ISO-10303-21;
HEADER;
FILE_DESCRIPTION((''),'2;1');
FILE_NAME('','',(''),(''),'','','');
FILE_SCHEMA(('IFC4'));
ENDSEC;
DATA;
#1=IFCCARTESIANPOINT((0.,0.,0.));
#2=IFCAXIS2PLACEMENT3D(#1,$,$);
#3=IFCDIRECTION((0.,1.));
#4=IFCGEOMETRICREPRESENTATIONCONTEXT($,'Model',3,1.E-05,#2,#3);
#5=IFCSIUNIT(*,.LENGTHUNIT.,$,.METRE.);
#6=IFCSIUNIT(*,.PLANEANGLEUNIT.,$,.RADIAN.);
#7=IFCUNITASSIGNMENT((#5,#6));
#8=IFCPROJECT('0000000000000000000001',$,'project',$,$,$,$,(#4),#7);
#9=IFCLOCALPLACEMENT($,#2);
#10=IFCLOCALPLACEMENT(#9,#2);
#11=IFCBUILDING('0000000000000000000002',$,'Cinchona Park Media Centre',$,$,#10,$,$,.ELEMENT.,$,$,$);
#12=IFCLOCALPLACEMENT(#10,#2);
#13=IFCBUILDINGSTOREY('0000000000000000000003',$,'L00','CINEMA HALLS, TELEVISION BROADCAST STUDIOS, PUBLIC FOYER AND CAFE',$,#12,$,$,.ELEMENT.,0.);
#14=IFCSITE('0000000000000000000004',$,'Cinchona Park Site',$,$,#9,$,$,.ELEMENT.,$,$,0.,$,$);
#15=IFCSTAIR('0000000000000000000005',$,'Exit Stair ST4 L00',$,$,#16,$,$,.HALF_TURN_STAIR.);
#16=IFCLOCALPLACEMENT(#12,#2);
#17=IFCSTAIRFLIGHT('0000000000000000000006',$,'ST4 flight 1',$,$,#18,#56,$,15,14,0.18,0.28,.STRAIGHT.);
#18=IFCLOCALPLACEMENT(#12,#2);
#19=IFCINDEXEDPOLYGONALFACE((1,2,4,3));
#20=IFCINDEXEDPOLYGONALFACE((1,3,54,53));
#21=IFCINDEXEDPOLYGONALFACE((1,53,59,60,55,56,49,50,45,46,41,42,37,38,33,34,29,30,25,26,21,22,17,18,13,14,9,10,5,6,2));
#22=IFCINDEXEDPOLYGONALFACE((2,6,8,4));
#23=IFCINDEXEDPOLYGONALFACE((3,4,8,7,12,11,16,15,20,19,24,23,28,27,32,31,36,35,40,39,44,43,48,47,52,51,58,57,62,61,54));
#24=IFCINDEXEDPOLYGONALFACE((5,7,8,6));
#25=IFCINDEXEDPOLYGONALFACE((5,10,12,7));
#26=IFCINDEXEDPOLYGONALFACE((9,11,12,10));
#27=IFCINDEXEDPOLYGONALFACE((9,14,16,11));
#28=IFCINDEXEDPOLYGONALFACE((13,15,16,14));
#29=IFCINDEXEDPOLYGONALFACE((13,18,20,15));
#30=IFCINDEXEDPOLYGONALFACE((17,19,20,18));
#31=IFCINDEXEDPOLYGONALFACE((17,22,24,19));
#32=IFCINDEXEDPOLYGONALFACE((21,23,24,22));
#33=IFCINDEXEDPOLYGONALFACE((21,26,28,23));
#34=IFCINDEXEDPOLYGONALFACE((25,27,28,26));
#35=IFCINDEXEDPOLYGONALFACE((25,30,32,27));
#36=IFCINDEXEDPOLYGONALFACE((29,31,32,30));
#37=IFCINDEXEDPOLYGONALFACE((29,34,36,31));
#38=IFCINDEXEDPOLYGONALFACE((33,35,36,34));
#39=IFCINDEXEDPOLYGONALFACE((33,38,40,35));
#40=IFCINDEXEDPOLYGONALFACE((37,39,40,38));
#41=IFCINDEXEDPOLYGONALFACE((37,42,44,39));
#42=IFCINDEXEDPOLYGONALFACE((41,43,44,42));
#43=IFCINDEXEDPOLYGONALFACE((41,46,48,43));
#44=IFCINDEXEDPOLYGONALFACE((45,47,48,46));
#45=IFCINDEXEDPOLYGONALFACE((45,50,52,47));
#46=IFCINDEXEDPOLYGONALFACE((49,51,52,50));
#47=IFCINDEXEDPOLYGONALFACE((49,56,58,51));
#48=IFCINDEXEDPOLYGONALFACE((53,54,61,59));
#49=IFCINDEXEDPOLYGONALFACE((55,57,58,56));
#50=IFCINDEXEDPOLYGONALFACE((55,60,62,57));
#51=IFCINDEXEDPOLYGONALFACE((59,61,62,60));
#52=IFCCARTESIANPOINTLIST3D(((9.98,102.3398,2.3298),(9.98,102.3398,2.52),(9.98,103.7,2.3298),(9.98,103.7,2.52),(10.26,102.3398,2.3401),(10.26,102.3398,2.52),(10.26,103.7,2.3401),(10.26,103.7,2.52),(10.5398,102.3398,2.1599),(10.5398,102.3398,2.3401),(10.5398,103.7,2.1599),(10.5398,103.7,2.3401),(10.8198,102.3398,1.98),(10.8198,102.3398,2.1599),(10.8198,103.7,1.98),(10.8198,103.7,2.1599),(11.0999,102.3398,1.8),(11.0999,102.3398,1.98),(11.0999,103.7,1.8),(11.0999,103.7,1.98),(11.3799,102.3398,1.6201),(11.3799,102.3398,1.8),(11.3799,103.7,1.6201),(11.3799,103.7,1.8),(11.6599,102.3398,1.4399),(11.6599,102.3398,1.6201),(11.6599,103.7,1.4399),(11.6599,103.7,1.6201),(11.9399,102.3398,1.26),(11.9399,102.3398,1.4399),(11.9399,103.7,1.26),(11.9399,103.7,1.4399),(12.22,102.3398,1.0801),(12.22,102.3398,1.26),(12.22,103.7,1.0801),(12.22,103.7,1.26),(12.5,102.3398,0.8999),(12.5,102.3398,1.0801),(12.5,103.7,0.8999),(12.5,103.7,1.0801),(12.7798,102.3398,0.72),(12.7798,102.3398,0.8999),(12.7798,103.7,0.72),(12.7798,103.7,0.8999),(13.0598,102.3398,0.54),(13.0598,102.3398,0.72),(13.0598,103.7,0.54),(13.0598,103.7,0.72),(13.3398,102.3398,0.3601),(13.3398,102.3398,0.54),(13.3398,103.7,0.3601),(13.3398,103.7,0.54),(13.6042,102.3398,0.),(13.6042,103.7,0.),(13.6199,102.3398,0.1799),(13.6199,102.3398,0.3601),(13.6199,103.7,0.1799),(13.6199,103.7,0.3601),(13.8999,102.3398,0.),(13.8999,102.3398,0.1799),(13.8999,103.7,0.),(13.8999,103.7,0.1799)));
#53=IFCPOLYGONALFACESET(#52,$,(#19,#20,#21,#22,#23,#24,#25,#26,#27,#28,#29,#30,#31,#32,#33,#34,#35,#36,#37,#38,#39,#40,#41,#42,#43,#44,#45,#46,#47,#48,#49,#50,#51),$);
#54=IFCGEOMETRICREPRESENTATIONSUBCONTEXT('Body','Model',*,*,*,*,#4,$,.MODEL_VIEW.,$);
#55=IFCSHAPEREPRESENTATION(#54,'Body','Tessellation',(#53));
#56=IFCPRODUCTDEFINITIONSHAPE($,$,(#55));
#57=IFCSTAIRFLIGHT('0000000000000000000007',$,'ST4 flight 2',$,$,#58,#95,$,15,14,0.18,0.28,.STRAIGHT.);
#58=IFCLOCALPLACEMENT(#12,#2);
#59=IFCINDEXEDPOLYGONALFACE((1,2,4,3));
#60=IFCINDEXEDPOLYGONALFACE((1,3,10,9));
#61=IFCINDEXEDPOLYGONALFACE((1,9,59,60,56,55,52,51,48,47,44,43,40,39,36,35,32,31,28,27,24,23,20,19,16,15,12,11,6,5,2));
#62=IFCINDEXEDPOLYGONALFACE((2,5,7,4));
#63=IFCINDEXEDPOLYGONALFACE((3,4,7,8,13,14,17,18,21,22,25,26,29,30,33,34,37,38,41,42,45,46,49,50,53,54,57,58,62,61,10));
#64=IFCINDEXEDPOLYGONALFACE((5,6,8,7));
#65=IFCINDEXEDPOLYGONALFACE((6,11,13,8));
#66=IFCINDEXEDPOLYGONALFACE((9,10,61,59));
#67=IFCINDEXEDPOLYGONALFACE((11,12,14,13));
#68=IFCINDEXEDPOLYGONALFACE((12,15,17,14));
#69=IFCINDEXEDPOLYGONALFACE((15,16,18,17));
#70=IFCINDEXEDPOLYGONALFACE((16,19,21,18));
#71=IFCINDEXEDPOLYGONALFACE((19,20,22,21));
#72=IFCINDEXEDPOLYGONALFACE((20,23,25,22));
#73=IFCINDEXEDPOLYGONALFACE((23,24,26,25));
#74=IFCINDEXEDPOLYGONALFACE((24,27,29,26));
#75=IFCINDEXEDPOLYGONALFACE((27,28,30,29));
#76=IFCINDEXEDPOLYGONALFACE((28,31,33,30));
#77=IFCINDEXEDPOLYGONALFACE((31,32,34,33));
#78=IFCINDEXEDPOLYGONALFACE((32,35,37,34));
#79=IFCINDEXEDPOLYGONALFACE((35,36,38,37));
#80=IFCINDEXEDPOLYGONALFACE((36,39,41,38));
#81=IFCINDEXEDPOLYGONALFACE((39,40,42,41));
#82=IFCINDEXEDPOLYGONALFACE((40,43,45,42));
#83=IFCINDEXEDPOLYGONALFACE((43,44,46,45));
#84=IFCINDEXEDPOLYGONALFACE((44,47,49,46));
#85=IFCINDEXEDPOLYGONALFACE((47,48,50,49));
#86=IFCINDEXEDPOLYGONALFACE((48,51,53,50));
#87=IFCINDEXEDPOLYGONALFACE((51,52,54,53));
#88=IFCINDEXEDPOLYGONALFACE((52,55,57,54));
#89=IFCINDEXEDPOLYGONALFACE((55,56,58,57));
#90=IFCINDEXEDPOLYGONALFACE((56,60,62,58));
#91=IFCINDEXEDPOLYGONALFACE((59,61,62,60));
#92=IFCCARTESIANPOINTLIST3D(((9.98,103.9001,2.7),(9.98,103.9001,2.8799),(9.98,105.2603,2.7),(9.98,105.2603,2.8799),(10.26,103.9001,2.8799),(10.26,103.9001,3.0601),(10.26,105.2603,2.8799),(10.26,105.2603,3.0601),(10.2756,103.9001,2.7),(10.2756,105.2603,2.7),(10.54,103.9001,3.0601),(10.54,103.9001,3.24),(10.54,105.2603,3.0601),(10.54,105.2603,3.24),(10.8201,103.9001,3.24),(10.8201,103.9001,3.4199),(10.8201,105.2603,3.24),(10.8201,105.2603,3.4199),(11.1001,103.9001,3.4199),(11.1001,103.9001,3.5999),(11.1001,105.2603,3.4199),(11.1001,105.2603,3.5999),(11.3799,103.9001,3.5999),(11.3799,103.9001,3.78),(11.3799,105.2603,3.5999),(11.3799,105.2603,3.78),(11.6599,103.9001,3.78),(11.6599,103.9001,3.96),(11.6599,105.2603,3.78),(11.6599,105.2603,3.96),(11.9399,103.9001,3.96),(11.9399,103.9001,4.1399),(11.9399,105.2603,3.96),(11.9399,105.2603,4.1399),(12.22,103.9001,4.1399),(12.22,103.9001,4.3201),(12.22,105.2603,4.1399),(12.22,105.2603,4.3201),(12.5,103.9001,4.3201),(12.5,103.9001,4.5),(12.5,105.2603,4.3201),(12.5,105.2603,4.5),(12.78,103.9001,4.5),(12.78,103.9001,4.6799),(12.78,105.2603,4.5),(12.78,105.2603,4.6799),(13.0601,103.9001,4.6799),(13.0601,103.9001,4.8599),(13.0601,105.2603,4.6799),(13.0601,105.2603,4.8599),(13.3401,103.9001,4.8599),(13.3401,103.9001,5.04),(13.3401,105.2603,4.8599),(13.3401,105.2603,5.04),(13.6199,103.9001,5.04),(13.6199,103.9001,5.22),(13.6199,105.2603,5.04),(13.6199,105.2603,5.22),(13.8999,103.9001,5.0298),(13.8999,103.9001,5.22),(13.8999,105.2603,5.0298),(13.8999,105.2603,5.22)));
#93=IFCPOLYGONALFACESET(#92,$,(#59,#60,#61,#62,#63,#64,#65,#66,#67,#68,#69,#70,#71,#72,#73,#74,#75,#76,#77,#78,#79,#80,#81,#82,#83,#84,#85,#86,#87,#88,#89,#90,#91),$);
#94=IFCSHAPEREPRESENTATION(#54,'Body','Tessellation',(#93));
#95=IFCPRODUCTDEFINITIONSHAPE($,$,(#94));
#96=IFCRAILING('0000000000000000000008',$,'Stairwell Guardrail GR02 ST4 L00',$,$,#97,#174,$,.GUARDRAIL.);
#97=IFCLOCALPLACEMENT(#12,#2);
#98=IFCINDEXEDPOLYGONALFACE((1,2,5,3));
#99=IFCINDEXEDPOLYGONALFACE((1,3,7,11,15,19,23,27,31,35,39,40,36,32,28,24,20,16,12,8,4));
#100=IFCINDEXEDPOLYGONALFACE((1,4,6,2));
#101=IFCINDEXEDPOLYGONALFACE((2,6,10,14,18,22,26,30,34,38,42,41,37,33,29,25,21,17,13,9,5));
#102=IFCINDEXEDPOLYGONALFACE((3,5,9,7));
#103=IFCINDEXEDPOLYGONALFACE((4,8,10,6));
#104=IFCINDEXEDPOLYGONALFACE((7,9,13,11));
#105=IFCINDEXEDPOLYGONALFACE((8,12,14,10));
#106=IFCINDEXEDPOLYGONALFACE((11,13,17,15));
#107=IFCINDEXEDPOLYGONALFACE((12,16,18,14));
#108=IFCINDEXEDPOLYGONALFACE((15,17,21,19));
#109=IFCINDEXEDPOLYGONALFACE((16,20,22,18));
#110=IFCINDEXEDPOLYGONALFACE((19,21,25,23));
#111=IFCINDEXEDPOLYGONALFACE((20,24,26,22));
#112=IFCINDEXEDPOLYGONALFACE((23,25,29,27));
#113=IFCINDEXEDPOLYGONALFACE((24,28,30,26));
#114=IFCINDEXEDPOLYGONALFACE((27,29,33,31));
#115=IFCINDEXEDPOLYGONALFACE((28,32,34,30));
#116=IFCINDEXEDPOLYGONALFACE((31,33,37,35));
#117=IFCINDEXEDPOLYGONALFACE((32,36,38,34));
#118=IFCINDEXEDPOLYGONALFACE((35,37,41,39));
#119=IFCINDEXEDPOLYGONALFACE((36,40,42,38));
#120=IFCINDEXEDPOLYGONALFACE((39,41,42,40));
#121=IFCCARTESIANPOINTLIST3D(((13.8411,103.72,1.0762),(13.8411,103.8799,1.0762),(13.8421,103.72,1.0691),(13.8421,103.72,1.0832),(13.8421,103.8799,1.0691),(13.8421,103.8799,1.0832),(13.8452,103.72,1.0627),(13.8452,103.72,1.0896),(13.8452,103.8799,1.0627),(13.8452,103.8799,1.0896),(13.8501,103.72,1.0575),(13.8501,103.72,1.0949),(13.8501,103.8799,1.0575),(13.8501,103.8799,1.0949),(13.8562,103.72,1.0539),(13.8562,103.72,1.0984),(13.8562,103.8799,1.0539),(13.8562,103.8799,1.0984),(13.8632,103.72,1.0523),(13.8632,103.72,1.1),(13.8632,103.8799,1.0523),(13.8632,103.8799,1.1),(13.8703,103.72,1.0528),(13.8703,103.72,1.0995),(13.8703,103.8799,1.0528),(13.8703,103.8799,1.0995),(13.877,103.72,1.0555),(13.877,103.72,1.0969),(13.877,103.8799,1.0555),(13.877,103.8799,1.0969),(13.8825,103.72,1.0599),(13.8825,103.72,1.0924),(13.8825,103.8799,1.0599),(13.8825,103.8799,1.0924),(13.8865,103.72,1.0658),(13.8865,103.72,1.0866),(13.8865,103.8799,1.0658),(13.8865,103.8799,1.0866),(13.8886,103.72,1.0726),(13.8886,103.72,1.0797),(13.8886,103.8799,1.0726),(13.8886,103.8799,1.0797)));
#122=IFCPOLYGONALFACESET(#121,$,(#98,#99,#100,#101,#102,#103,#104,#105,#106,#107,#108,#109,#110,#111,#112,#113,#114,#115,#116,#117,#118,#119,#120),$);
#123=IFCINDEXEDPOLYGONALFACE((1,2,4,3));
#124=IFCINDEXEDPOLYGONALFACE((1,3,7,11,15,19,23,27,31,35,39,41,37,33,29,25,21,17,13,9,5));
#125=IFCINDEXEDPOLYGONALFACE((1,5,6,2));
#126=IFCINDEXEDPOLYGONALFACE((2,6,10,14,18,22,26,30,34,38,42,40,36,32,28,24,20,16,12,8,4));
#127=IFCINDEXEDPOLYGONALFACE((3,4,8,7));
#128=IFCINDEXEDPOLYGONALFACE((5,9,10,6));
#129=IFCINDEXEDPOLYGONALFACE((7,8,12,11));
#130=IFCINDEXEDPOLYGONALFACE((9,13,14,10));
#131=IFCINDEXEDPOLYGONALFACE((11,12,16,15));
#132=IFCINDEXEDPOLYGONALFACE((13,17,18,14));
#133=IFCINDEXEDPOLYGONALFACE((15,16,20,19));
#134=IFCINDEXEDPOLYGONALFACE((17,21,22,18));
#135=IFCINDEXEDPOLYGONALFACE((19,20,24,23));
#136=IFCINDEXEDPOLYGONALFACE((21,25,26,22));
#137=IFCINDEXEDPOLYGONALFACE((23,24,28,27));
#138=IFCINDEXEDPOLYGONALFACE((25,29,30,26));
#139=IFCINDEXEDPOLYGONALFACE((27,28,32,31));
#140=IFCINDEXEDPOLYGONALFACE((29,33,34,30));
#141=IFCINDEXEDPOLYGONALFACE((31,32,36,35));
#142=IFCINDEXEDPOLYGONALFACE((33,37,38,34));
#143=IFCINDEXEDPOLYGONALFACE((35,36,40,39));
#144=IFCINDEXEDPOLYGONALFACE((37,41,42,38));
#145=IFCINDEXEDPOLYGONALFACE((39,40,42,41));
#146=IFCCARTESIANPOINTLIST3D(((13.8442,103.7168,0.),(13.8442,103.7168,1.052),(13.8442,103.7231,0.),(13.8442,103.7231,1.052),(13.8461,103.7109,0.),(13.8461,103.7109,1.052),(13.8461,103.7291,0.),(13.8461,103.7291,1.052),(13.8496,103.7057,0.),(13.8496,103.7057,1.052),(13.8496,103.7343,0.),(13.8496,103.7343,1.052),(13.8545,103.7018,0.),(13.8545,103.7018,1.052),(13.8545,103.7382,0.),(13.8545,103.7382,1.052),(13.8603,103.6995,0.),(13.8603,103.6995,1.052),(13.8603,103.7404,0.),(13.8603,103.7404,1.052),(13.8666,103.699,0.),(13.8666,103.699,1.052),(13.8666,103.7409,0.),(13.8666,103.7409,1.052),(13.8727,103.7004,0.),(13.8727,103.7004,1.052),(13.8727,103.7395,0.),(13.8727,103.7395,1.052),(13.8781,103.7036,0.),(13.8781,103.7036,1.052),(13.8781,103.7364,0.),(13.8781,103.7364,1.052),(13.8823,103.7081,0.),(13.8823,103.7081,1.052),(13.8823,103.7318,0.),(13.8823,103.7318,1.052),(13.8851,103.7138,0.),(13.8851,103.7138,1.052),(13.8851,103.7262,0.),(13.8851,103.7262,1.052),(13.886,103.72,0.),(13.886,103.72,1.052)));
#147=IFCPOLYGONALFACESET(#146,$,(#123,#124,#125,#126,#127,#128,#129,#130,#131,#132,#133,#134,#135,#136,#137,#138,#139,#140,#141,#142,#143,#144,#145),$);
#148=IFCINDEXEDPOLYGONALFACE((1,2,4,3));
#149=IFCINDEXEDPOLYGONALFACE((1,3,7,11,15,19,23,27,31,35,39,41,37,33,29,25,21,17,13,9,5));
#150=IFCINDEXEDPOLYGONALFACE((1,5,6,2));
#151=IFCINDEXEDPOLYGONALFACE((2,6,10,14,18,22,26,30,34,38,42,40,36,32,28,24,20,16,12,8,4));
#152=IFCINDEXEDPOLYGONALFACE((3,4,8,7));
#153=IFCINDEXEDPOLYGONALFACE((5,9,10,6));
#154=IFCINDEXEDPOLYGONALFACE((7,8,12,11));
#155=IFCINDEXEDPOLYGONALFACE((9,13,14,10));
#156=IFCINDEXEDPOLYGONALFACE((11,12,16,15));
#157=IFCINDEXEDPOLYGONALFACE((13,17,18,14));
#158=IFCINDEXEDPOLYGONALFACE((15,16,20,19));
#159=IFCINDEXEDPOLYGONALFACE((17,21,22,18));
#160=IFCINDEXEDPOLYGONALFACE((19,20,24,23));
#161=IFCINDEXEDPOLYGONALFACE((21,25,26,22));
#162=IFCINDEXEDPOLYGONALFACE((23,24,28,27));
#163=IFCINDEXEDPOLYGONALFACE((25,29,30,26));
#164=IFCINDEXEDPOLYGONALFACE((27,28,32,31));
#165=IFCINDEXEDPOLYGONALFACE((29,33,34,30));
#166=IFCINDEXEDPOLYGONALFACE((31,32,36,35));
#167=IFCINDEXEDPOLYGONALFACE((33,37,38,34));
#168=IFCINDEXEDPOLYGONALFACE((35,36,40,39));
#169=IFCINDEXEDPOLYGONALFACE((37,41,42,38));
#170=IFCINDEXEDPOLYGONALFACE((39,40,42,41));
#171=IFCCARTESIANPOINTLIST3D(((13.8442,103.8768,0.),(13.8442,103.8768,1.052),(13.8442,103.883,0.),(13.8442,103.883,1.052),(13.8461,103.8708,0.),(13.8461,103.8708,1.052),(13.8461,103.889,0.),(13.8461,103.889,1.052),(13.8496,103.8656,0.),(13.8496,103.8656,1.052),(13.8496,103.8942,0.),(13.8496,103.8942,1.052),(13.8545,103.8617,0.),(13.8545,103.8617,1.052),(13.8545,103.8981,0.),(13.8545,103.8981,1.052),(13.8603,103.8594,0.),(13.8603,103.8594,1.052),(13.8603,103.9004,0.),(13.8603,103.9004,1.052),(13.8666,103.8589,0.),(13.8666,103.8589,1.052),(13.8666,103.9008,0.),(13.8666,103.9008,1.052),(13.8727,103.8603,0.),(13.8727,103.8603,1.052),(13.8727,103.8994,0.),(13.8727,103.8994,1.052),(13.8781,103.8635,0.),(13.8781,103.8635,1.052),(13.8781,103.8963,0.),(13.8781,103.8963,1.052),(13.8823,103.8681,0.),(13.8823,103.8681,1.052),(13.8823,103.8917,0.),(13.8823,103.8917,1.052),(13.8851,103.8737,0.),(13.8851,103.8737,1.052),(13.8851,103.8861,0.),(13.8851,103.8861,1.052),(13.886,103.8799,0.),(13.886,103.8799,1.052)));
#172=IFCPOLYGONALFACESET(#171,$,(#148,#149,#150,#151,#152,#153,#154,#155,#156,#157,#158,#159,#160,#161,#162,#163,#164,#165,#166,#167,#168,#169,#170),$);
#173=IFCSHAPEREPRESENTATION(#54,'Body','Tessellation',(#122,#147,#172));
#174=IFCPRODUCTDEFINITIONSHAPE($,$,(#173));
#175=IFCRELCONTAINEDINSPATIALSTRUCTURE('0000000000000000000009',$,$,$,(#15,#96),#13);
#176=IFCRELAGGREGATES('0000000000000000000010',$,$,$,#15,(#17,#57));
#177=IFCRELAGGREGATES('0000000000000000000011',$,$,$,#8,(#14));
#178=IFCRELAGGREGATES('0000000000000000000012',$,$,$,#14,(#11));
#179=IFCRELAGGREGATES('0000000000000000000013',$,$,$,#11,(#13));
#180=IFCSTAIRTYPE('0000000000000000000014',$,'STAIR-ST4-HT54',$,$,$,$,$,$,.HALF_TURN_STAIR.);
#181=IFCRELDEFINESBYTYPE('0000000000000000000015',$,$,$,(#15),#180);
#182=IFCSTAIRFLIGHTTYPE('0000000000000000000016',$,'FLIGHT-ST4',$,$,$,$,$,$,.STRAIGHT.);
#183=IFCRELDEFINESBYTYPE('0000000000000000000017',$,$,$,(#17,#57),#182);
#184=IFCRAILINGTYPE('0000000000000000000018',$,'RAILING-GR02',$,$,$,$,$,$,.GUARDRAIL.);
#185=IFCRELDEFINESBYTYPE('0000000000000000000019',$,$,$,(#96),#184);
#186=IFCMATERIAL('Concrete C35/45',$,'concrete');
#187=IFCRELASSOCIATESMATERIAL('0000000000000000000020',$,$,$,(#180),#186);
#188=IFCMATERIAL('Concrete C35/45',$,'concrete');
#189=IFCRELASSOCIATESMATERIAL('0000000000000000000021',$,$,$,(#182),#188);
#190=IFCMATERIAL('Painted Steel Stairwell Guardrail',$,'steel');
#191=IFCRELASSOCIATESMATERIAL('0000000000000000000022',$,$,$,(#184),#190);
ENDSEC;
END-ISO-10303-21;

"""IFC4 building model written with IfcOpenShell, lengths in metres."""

from ifc_helpers import new_model, si_unit, direction, frame, origin, origin_2d, place, context, subcontext, project, spatial, polyline, circle, outline, extrude, material, type_object, element, aggregate, save


model = new_model("IFC4")

# Units and contexts
model_context = context("Model", 3, precision=1e-05, world=origin(), true_north=direction((0.0, 1.0)))
body_context = subcontext(model_context, "Body", "Model", "MODEL_VIEW")
ifc_project = project(units=[si_unit("LENGTHUNIT", "METRE"), si_unit("PLANEANGLEUNIT", "RADIAN")], contexts=[model_context])

# Site, building, storey
site_placement = place(None, origin())
site = spatial("IfcSite", under=ifc_project, at=site_placement, Name="Cinchona Park Site", CompositionType="ELEMENT", RefElevation=0.0)
building_placement = place(site_placement, origin())
building = spatial("IfcBuilding", under=site, at=building_placement, Name="Cinchona Park Media Centre", CompositionType="ELEMENT")
storey_placement = place(building_placement, origin())
storey = spatial("IfcBuildingStorey", under=building, at=storey_placement, Name="L00", Description="CINEMA HALLS, TELEVISION BROADCAST STUDIOS, PUBLIC FOYER AND CAFE", CompositionType="ELEMENT", Elevation=0.0)

# Stair, stair flights
ifc_material_1 = material(Name="Concrete C35/45", Category="concrete")
stair_type = type_object("IfcStairType", Name="STAIR-ST4-HT54", PredefinedType="HALF_TURN_STAIR", material=ifc_material_1)
stair_placement = place(storey_placement, origin())
stair = element("IfcStair", 1, at=stair_placement, inside=storey, type_object=stair_type, Name="Exit Stair ST4 L00", PredefinedType="HALF_TURN_STAIR")
ifc_material_2 = material(Name="Concrete C35/45", Category="concrete")
stair_flight_type = type_object("IfcStairFlightType", Name="FLIGHT-ST4", PredefinedType="STRAIGHT", material=ifc_material_2)
stair_flight_1_placement = place(storey_placement, frame((13.8999, 103.02, 0.0), z_axis=(0.0, 0.0, 1.0), x_axis=(-1.0, 0.0, 0.0)))
stair_flight_1 = element("IfcStairFlight", 2, at=stair_flight_1_placement, type_object=stair_flight_type, Name="ST4 flight 1", NumberOfRisers=15, NumberOfTreads=14, PredefinedType="STRAIGHT", RiserHeight=0.18, TreadLength=0.28, context=body_context, shape_type="SweptSolid", body=[
    extrude(outline(polyline([(0.0, 0.0), (0.0, 0.1799), (0.28, 0.1799), (0.28, 0.3601), (0.5601, 0.3601), (0.5601, 0.54), (0.8401, 0.54), (0.8401, 0.72), (1.1201, 0.72), (1.1201, 0.8999), (1.3999, 0.8999), (1.3999, 1.0801), (1.6799, 1.0801), (1.6799, 1.26), (1.96, 1.26), (1.96, 1.4399), (2.24, 1.4399), (2.24, 1.6201), (2.52, 1.6201), (2.52, 1.8), (2.8, 1.8), (2.8, 1.98), (3.0801, 1.98), (3.0801, 2.1599), (3.3601, 2.1599), (3.3601, 2.3401), (3.6399, 2.3401), (3.6399, 2.52), (3.9199, 2.52), (3.9199, 2.7), (3.9199, 2.3298), (0.2957, 0.0), (0.0, 0.0)])), frame((0.0, 0.6802, 0.0), z_axis=(0.0, -1.0, 0.0), x_axis=(1.0, 0.0, 0.0)), (0.0, 0.0, 1.0), 1.3601),
])
stair_flight_2_placement = place(storey_placement, frame((9.98, 104.5801, 2.7), z_axis=(0.0, 0.0, 1.0), x_axis=(1.0, 0.0, 0.0)))
stair_flight_2 = element("IfcStairFlight", 3, at=stair_flight_2_placement, type_object=stair_flight_type, Name="ST4 flight 2", NumberOfRisers=15, NumberOfTreads=14, PredefinedType="STRAIGHT", RiserHeight=0.18, TreadLength=0.28, context=body_context, shape_type="SweptSolid", body=[
    extrude(outline(polyline([(0.0, 0.0), (0.0, 0.1799), (0.28, 0.1799), (0.28, 0.3601), (0.5601, 0.3601), (0.5601, 0.54), (0.8401, 0.54), (0.8401, 0.72), (1.1201, 0.72), (1.1201, 0.8999), (1.3999, 0.8999), (1.3999, 1.0801), (1.6799, 1.0801), (1.6799, 1.26), (1.96, 1.26), (1.96, 1.4399), (2.24, 1.4399), (2.24, 1.6201), (2.52, 1.6201), (2.52, 1.8), (2.8, 1.8), (2.8, 1.98), (3.0801, 1.98), (3.0801, 2.1599), (3.3601, 2.1599), (3.3601, 2.3401), (3.6399, 2.3401), (3.6399, 2.52), (3.9199, 2.52), (3.9199, 2.7), (3.9199, 2.3298), (0.2957, 0.0), (0.0, 0.0)])), frame((0.0, 0.6802, 0.0), z_axis=(0.0, -1.0, 0.0), x_axis=(1.0, 0.0, 0.0)), (0.0, 0.0, 1.0), 1.3601),
])
aggregate(stair, [stair_flight_1, stair_flight_2])

# Railing
ifc_material_3 = material(Name="Painted Steel Stairwell Guardrail", Category="steel")
railing_type_1 = type_object("IfcRailingType", Name="RAILING-GR02", PredefinedType="GUARDRAIL", material=ifc_material_3)
for number, where, name in (
    (4, (13.865, 103.72, 0.0), "Stairwell Guardrail GR02 ST4 L00"),
):
    element("IfcRailing", number, at=place(storey_placement, frame(where)), inside=storey, type_object=railing_type_1, Name=name, PredefinedType="GUARDRAIL", context=body_context, shape_type="SweptSolid", body=[
        extrude(circle(Radius=0.0239, at=origin_2d()), frame((0.0, 0.0, 1.0762), z_axis=(0.0, 1.0, 0.0), x_axis=(-1.0, 0.0, 0.0)), (0.0, 0.0, 1.0), 0.1599),
        extrude(circle(Radius=0.021, at=origin_2d()), origin(), (0.0, 0.0, 1.0), 1.052),
        extrude(circle(Radius=0.021, at=origin_2d()), frame((0.0, 0.1599, 0.0)), (0.0, 0.0, 1.0), 1.052),
    ])

save(model, "model.ifc")
